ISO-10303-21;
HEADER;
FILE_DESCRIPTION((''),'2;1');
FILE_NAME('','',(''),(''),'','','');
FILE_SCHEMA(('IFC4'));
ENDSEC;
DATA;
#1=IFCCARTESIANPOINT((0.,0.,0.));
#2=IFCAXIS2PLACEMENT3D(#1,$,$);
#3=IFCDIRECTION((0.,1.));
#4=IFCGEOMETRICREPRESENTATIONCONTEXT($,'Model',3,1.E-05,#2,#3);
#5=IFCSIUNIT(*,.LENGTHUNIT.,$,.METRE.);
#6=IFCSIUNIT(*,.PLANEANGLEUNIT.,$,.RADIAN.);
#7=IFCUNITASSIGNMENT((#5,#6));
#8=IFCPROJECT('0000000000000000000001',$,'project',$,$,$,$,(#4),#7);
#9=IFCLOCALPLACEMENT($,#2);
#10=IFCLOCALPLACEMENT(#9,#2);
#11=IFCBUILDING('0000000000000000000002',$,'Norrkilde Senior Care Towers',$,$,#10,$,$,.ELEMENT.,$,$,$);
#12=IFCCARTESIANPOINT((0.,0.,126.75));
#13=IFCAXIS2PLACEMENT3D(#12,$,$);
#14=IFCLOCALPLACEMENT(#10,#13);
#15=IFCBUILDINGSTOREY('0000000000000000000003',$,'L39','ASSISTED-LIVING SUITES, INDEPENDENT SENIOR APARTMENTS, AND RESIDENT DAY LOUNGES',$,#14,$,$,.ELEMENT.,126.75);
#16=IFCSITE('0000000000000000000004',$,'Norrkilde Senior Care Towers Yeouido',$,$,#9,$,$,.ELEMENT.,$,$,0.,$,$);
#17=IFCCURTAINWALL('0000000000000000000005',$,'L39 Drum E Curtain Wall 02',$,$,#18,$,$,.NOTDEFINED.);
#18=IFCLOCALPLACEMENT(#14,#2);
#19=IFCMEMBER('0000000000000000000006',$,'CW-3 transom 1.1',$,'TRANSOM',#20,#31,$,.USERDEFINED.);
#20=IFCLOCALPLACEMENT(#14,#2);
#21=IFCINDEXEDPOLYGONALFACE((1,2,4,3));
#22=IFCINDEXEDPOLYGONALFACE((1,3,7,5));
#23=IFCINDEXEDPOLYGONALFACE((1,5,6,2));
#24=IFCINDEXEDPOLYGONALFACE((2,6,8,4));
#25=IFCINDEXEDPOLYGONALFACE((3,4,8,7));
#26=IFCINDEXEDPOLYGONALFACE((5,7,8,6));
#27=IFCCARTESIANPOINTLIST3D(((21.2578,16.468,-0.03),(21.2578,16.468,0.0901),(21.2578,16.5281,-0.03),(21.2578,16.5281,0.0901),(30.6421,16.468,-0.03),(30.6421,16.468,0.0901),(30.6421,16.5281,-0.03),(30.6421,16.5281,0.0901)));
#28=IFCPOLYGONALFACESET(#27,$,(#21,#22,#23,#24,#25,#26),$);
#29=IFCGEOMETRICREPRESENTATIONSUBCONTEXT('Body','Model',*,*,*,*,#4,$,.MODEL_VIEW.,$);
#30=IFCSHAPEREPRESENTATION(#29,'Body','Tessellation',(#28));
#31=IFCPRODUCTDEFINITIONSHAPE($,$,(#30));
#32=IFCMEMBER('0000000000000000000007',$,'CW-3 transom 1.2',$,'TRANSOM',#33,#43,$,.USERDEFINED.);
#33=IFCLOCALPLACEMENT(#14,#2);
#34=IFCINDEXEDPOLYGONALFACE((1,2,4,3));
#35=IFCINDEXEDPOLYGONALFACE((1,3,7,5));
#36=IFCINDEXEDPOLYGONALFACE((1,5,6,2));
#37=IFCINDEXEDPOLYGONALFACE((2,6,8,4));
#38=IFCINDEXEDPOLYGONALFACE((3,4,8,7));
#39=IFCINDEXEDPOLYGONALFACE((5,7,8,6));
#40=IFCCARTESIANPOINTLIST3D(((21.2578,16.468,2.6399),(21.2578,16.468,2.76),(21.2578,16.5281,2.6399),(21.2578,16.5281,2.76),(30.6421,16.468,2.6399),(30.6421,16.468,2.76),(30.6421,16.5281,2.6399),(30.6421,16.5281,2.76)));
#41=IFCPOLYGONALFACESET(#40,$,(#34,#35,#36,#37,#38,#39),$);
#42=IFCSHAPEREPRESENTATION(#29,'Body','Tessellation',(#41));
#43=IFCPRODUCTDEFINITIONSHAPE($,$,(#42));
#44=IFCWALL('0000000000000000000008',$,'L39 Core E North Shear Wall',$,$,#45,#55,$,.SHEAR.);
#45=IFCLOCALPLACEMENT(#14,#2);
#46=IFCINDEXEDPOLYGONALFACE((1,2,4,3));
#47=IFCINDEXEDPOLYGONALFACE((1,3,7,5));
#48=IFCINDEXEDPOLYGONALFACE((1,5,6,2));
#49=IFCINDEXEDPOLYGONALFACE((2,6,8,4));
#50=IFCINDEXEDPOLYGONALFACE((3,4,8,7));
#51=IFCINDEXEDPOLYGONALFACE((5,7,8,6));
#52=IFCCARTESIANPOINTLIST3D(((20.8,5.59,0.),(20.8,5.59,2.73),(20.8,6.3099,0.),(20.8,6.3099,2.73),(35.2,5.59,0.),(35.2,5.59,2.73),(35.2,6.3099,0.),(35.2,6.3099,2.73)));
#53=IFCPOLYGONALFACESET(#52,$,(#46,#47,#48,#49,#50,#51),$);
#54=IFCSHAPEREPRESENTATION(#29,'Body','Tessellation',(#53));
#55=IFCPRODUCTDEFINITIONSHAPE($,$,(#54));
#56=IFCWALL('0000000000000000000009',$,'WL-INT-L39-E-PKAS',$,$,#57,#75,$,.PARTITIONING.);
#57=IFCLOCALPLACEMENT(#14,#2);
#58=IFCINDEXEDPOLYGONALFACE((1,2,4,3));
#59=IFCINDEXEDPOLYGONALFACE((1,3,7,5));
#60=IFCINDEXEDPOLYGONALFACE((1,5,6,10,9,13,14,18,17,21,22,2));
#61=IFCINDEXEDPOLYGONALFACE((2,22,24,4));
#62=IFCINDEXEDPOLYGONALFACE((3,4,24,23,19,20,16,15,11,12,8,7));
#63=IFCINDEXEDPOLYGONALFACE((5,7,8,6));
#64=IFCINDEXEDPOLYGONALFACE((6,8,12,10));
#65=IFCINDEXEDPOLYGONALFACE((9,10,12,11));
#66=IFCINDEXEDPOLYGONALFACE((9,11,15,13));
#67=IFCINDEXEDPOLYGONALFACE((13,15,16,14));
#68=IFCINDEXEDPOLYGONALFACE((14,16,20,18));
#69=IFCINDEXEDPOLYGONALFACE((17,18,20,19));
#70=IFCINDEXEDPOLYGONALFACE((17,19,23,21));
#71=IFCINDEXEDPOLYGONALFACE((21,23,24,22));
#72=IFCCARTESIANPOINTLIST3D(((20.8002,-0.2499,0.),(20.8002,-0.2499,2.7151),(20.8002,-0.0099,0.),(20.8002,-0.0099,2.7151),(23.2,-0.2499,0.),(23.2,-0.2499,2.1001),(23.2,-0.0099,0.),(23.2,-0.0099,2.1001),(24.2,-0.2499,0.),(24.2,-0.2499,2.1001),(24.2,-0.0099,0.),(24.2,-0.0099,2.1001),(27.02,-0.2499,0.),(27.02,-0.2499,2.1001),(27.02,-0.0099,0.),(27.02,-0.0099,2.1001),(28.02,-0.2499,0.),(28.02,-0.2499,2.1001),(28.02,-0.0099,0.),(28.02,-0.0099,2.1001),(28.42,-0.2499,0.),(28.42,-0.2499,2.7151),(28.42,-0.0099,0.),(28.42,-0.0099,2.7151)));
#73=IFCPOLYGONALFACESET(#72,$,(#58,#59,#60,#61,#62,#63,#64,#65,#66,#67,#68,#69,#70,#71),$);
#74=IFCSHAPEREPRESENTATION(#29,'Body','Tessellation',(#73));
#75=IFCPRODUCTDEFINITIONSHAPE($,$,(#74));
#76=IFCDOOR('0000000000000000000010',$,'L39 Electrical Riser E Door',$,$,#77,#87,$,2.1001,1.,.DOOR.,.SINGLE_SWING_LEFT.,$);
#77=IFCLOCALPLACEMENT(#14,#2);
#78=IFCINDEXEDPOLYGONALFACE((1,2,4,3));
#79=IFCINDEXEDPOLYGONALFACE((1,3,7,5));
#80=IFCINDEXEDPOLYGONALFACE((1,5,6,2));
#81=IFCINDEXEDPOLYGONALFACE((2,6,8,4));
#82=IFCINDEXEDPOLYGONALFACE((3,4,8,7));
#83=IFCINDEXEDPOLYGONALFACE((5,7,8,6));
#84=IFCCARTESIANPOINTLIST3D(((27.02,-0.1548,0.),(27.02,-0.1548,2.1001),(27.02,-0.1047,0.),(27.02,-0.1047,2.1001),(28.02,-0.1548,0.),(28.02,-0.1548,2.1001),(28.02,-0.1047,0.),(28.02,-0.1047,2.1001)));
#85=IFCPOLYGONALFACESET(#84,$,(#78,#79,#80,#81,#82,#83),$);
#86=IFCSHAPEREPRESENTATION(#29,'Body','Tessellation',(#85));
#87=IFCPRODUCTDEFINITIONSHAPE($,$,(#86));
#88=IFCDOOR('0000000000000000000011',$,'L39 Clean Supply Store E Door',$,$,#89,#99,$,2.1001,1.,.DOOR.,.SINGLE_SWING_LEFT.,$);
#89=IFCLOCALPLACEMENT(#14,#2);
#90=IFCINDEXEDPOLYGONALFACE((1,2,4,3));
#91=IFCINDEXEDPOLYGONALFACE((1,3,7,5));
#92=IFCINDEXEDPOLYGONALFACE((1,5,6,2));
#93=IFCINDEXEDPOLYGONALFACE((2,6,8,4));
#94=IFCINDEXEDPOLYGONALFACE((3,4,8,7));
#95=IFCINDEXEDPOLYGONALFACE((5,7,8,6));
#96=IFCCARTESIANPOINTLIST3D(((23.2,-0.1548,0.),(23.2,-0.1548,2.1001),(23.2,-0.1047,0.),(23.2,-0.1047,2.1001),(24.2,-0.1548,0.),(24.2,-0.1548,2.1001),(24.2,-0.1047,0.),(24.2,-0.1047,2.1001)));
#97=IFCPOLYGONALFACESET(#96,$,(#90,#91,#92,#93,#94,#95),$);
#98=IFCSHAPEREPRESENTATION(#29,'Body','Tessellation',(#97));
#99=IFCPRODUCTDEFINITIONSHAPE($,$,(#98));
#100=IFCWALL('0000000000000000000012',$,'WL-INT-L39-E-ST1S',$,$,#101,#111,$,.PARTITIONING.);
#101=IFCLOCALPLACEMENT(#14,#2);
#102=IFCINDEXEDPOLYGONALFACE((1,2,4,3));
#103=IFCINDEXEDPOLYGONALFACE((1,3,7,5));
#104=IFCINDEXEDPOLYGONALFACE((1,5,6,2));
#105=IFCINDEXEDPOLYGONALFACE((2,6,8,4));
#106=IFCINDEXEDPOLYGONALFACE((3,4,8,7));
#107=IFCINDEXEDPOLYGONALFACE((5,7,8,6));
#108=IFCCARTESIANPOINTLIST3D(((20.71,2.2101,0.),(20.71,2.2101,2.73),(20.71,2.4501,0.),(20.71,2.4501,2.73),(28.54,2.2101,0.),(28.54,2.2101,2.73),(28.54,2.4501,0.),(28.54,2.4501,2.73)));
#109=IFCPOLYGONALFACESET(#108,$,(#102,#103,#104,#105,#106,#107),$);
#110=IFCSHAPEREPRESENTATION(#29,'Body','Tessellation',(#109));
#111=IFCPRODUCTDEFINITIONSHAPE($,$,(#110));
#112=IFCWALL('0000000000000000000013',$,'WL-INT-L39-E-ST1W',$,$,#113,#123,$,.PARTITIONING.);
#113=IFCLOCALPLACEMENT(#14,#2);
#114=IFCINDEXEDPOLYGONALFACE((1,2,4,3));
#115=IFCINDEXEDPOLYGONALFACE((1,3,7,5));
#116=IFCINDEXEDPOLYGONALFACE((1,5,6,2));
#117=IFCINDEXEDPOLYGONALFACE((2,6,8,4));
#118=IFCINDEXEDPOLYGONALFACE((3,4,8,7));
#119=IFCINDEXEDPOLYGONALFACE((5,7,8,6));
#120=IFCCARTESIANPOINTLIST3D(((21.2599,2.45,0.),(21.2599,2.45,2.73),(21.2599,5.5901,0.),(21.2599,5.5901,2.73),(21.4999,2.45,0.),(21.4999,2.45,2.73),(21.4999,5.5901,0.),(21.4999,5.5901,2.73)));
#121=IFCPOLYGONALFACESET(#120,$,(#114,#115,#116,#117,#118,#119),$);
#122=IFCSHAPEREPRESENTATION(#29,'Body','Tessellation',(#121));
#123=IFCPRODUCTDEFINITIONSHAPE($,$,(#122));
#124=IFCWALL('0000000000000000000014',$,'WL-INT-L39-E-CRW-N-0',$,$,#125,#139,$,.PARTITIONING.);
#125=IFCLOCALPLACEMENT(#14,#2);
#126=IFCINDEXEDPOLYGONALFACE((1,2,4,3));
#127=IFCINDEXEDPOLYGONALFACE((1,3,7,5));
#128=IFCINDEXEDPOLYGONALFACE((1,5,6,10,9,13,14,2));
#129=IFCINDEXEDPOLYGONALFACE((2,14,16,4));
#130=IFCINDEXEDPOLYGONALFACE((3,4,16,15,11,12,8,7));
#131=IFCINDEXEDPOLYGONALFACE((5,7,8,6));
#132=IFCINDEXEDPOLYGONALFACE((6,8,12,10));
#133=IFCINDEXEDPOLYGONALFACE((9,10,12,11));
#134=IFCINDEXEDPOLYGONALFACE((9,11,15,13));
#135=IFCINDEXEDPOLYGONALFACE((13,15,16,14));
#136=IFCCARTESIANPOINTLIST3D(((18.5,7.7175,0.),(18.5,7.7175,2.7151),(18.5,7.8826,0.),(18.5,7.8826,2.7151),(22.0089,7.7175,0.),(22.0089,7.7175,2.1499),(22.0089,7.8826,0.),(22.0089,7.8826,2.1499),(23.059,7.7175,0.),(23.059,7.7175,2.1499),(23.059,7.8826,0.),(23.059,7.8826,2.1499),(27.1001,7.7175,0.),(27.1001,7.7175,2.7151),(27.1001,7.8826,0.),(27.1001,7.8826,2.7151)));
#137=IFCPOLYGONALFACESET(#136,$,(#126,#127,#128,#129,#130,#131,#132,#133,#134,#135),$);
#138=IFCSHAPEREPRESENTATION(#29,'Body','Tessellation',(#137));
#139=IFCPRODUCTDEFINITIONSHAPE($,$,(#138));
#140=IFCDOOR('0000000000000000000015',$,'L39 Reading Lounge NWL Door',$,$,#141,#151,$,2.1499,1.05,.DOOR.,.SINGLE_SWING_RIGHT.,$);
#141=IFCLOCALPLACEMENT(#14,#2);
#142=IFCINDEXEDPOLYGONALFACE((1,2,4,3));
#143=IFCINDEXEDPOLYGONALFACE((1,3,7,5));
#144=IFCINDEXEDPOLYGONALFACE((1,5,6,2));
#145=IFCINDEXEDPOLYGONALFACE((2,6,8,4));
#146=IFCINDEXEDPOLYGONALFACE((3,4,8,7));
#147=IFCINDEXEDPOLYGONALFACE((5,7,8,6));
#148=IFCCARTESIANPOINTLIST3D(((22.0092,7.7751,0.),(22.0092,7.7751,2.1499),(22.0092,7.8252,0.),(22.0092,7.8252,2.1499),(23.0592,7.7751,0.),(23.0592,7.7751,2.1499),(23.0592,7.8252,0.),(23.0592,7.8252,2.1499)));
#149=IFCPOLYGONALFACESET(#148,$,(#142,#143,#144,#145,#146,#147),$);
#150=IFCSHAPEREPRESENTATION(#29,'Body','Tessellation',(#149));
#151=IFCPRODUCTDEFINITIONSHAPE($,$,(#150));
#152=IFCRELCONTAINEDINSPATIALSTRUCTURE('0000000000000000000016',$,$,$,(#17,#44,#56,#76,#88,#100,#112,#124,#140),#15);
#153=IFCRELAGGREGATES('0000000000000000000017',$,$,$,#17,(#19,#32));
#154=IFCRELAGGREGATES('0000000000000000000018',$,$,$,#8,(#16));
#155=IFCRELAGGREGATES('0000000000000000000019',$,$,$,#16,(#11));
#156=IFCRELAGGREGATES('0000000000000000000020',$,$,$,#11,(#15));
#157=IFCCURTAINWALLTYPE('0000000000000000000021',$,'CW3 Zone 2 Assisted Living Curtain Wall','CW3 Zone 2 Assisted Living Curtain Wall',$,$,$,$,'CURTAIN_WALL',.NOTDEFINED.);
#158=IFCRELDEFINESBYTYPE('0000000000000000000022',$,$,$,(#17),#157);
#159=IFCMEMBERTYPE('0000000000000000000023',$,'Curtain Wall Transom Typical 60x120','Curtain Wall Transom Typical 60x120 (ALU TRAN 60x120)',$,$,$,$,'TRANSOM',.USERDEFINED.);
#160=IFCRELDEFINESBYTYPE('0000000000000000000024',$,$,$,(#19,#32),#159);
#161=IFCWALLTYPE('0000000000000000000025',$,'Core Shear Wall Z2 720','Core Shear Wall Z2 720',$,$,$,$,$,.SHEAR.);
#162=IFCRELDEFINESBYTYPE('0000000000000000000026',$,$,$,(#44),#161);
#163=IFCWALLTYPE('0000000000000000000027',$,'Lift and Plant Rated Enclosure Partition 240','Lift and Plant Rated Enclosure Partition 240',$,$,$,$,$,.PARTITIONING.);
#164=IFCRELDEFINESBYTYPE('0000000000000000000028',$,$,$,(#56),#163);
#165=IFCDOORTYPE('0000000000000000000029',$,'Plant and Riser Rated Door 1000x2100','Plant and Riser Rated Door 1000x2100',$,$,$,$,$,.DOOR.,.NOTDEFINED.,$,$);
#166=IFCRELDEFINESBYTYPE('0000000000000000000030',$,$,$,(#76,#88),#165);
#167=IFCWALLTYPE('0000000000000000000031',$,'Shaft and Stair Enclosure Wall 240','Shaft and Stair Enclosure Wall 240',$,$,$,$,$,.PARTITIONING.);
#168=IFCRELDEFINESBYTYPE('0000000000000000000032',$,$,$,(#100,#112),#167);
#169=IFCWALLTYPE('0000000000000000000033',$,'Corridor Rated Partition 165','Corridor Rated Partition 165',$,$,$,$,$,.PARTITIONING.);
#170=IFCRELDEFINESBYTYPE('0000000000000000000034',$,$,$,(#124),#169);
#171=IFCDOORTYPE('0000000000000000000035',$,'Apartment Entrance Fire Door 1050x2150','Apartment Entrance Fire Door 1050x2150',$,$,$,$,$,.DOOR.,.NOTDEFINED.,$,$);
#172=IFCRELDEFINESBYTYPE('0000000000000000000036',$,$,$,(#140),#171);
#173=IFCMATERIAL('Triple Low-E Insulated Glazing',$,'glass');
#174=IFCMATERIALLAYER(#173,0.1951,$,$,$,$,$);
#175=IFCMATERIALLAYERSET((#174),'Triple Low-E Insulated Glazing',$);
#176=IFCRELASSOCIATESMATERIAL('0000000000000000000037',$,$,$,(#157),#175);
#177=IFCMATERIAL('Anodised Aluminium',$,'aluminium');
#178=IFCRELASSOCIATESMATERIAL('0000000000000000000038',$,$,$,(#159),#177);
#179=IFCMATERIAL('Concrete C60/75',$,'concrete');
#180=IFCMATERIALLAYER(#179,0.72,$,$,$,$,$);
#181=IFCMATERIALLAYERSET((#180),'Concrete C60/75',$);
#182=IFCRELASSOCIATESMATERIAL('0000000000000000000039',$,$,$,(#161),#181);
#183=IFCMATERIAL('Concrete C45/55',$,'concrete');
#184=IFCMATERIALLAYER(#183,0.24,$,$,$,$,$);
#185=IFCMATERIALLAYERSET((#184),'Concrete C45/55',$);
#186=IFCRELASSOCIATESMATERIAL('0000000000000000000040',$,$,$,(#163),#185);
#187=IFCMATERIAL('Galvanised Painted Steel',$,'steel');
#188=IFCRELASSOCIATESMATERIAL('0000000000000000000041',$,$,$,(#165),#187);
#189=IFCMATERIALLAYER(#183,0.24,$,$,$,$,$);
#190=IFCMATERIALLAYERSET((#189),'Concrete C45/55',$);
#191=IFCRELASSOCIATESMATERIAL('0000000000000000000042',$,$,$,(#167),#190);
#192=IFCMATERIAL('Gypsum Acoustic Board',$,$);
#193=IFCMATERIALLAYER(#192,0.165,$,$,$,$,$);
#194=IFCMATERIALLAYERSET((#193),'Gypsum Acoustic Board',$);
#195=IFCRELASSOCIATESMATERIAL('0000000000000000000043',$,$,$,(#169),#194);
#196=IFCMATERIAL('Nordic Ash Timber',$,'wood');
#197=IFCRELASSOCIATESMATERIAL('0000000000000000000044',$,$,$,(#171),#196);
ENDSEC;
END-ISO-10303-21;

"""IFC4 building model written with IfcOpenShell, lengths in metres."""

from ifc_helpers import new_model, si_unit, direction, frame, frame_2d, origin, origin_2d, place, context, subcontext, project, spatial, rectangle, extrude, source, transform, mapped, material, layer, layer_set, material_profile, profile_set, type_object, type_shapes, element, fill, aggregate, save


model = new_model("IFC4")

# Units and contexts
model_context = context("Model", 3, precision=1e-05, world=origin(), true_north=direction((0.0, 1.0)))
body_context = subcontext(model_context, "Body", "Model", "MODEL_VIEW")
ifc_project = project(units=[si_unit("LENGTHUNIT", "METRE"), si_unit("PLANEANGLEUNIT", "RADIAN")], contexts=[model_context])

# Site, building, storey
site_placement = place(None, origin())
site = spatial("IfcSite", under=ifc_project, at=site_placement, Name="Norrkilde Senior Care Towers Yeouido", CompositionType="ELEMENT", RefElevation=0.0)
building_placement = place(site_placement, origin())
building = spatial("IfcBuilding", under=site, at=building_placement, Name="Norrkilde Senior Care Towers", CompositionType="ELEMENT")
storey_placement = place(building_placement, frame((0.0, 0.0, 126.75)))
storey = spatial("IfcBuildingStorey", under=building, at=storey_placement, Name="L39", Description="ASSISTED-LIVING SUITES, INDEPENDENT SENIOR APARTMENTS, AND RESIDENT DAY LOUNGES", CompositionType="ELEMENT", Elevation=126.75)

# Shared definitions
ifc_material_1 = material(Name="Concrete C60/75", Category="concrete")

# Curtain wall
ifc_material_2 = material(Name="Triple Low-E Insulated Glazing", Category="glass")
ifc_layer_1 = layer(ifc_material_2, 0.1951)
ifc_layer_set_1 = layer_set([ifc_layer_1], Name="Triple Low-E Insulated Glazing")
curtain_wall_type = type_object("IfcCurtainWallType", Name="CW3 Zone 2 Assisted Living Curtain Wall", Description="CW3 Zone 2 Assisted Living Curtain Wall", ElementType="CURTAIN_WALL", PredefinedType="NOTDEFINED", material=ifc_layer_set_1)
curtain_wall_1_placement = place(storey_placement, origin())
curtain_wall_1 = element("IfcCurtainWall", 1, at=curtain_wall_1_placement, inside=storey, type_object=curtain_wall_type, Name="L39 Drum E Curtain Wall 02", PredefinedType="NOTDEFINED")
ifc_material_3 = material(Name="Anodised Aluminium", Category="aluminium")

# Members
ifc_material_profile_1 = material_profile(ifc_material_3, rectangle(XDim=0.0601, YDim=0.1201, at=origin_2d()), Name="ALU TRAN 60x120")
ifc_profile_set_1 = profile_set([ifc_material_profile_1], Name="Anodised Aluminium")
member_type_1 = type_object("IfcMemberType", Name="Curtain Wall Transom Typical 60x120", Description="Curtain Wall Transom Typical 60x120 (ALU TRAN 60x120)", ElementType="TRANSOM", PredefinedType="USERDEFINED", material=ifc_profile_set_1)
shared_shape_1 = source(origin(), body_context, "Body", "SweptSolid", [
    extrude(rectangle(XDim=0.0601, YDim=0.1201, at=origin_2d()), origin(), (0.0, 0.0, 1.0), 9.3843),
])
type_shapes(member_type_1, [shared_shape_1])
member_1_placement = place(storey_placement, frame((21.2578, 16.498, 0.03), z_axis=(1.0, 0.0, 0.0), x_axis=(0.0, 1.0, 0.0)))
member_1 = element("IfcMember", 2, at=member_1_placement, type_object=member_type_1, Name="CW-3 transom 1.1", ObjectType="TRANSOM", PredefinedType="USERDEFINED", context=body_context, shape_type="MappedRepresentation", body=[
    mapped(shared_shape_1, transform((0.0, 0.0, 0.0), x_axis=(1.0, 0.0, 0.0), y_axis=(0.0, 1.0, 0.0), z_axis=(0.0, 0.0, 1.0), scale=1.0)),
])
member_2_placement = place(storey_placement, frame((21.2578, 16.498, 2.7), z_axis=(1.0, 0.0, 0.0), x_axis=(0.0, 1.0, 0.0)))
member_2 = element("IfcMember", 3, at=member_2_placement, type_object=member_type_1, Name="CW-3 transom 1.2", ObjectType="TRANSOM", PredefinedType="USERDEFINED", context=body_context, shape_type="MappedRepresentation", body=[
    mapped(shared_shape_1, transform((0.0, 0.0, 0.0), x_axis=(1.0, 0.0, 0.0), y_axis=(0.0, 1.0, 0.0), z_axis=(0.0, 0.0, 1.0), scale=1.0)),
])
aggregate(curtain_wall_1, [member_1, member_2])

# Wall
ifc_layer_2 = layer(ifc_material_1, 0.72)
ifc_layer_set_2 = layer_set([ifc_layer_2], Name="Concrete C60/75")
wall_type_1 = type_object("IfcWallType", Name="Core Shear Wall Z2 720", Description="Core Shear Wall Z2 720", PredefinedType="SHEAR", material=ifc_layer_set_2)
shared_shape_2 = source(origin(), body_context, "Body", "SweptSolid", [
    extrude(rectangle(XDim=14.3999, YDim=0.72, at=frame_2d((7.2, 0.0))), origin(), (0.0, 0.0, 1.0), 2.73),
])
type_shapes(wall_type_1, [shared_shape_2])
wall_1_placement = place(storey_placement, frame((20.8, 5.95, 0.0), z_axis=(0.0, 0.0, 1.0), x_axis=(1.0, 0.0, 0.0)))
element("IfcWall", 4, at=wall_1_placement, inside=storey, type_object=wall_type_1, Name="L39 Core E North Shear Wall", PredefinedType="SHEAR", context=body_context, shape_type="MappedRepresentation", body=[
    mapped(shared_shape_2, transform((0.0, 0.0, 0.0), x_axis=(1.0, 0.0, 0.0), y_axis=(0.0, 1.0, 0.0), z_axis=(0.0, 0.0, 1.0), scale=1.0)),
])

# Wall, openings, doors
ifc_material_4 = material(Name="Concrete C45/55", Category="concrete")
ifc_layer_3 = layer(ifc_material_4, 0.24)
ifc_layer_set_3 = layer_set([ifc_layer_3], Name="Concrete C45/55")
wall_type_2 = type_object("IfcWallType", Name="Lift and Plant Rated Enclosure Partition 240", Description="Lift and Plant Rated Enclosure Partition 240", PredefinedType="PARTITIONING", material=ifc_layer_set_3)
shared_shape_3 = source(origin(), body_context, "Body", "SweptSolid", [
    extrude(rectangle(XDim=7.6199, YDim=0.24, at=frame_2d((3.8101, 0.0))), origin(), (0.0, 0.0, 1.0), 2.7151),
])
type_shapes(wall_type_2, [shared_shape_3])
wall_2_placement = place(storey_placement, frame((20.8, -0.1299, 0.0), z_axis=(0.0, 0.0, 1.0), x_axis=(1.0, 0.0, 0.0)))
wall_2 = element("IfcWall", 5, at=wall_2_placement, inside=storey, type_object=wall_type_2, Name="WL-INT-L39-E-PKAS", PredefinedType="PARTITIONING", context=body_context, shape_type="MappedRepresentation", body=[
    mapped(shared_shape_3, transform((0.0, 0.0, 0.0), x_axis=(1.0, 0.0, 0.0), y_axis=(0.0, 1.0, 0.0), z_axis=(0.0, 0.0, 1.0), scale=1.0)),
])
opening_1_placement = place(wall_2_placement, frame((6.22, 0.0, 0.0)))
opening_1 = element("IfcOpeningElement", 6, at=opening_1_placement, cuts=wall_2, PredefinedType="OPENING", context=body_context, shape_type="SweptSolid", body=[
    extrude(rectangle(XDim=1.0, YDim=2.1001, at=frame_2d((0.5, 1.05))), frame((0.0, 0.1299, 0.0), z_axis=(0.0, -1.0, 0.0), x_axis=(1.0, 0.0, 0.0)), (0.0, 0.0, 1.0), 0.26),
])
opening_2_placement = place(wall_2_placement, frame((2.3999, 0.0, 0.0)))
opening_2 = element("IfcOpeningElement", 7, at=opening_2_placement, cuts=wall_2, PredefinedType="OPENING", context=body_context, shape_type="SweptSolid", body=[
    extrude(rectangle(XDim=1.0, YDim=2.1001, at=frame_2d((0.5, 1.05))), frame((0.0, 0.1299, 0.0), z_axis=(0.0, -1.0, 0.0), x_axis=(1.0, 0.0, 0.0)), (0.0, 0.0, 1.0), 0.26),
])
ifc_material_5 = material(Name="Galvanised Painted Steel", Category="steel")
door_type_1 = type_object("IfcDoorType", Name="Plant and Riser Rated Door 1000x2100", Description="Plant and Riser Rated Door 1000x2100", OperationType="NOTDEFINED", PredefinedType="DOOR", material=ifc_material_5)
shared_shape_4 = source(origin(), body_context, "Body", "SweptSolid", [
    extrude(rectangle(XDim=1.0, YDim=2.1001, at=frame_2d((0.5, 1.05))), frame((0.0, 0.0249, 0.0), z_axis=(0.0, -1.0, 0.0), x_axis=(1.0, 0.0, 0.0)), (0.0, 0.0, 1.0), 0.05),
])
type_shapes(door_type_1, [shared_shape_4])
door_1_placement = place(opening_1_placement, frame((1.0, 0.0, 0.0), z_axis=(0.0, 0.0, 1.0), x_axis=(-1.0, 0.0, 0.0)))
door_1 = element("IfcDoor", 8, at=door_1_placement, inside=storey, type_object=door_type_1, Name="L39 Electrical Riser E Door", OperationType="SINGLE_SWING_LEFT", OverallHeight=2.1001, OverallWidth=1.0, PredefinedType="DOOR", context=body_context, shape_type="MappedRepresentation", body=[
    mapped(shared_shape_4, transform((0.0, 0.0, 0.0), x_axis=(1.0, 0.0, 0.0), y_axis=(0.0, 1.0, 0.0), z_axis=(0.0, 0.0, 1.0), scale=1.0)),
])
fill(opening_1, door_1)
door_2_placement = place(opening_2_placement, frame((1.0, 0.0, 0.0), z_axis=(0.0, 0.0, 1.0), x_axis=(-1.0, 0.0, 0.0)))
door_2 = element("IfcDoor", 9, at=door_2_placement, inside=storey, type_object=door_type_1, Name="L39 Clean Supply Store E Door", OperationType="SINGLE_SWING_LEFT", OverallHeight=2.1001, OverallWidth=1.0, PredefinedType="DOOR", context=body_context, shape_type="MappedRepresentation", body=[
    mapped(shared_shape_4, transform((0.0, 0.0, 0.0), x_axis=(1.0, 0.0, 0.0), y_axis=(0.0, 1.0, 0.0), z_axis=(0.0, 0.0, 1.0), scale=1.0)),
])
fill(opening_2, door_2)

# Walls
ifc_layer_4 = layer(ifc_material_4, 0.24)
ifc_layer_set_4 = layer_set([ifc_layer_4], Name="Concrete C45/55")
wall_type_3 = type_object("IfcWallType", Name="Shaft and Stair Enclosure Wall 240", Description="Shaft and Stair Enclosure Wall 240", PredefinedType="PARTITIONING", material=ifc_layer_set_4)
shared_shape_5 = source(origin(), body_context, "Body", "SweptSolid", [
    extrude(rectangle(XDim=7.8301, YDim=0.24, at=frame_2d((3.915, 0.0))), origin(), (0.0, 0.0, 1.0), 2.73),
])
wall_3_placement = place(storey_placement, frame((20.71, 2.3301, 0.0), z_axis=(0.0, 0.0, 1.0), x_axis=(1.0, 0.0, 0.0)))
element("IfcWall", 10, at=wall_3_placement, inside=storey, type_object=wall_type_3, Name="WL-INT-L39-E-ST1S", PredefinedType="PARTITIONING", context=body_context, shape_type="MappedRepresentation", body=[
    mapped(shared_shape_5, transform((0.0, 0.0, 0.0), x_axis=(1.0, 0.0, 0.0), y_axis=(0.0, 1.0, 0.0), z_axis=(0.0, 0.0, 1.0), scale=1.0)),
])
shared_shape_6 = source(origin(), body_context, "Body", "SweptSolid", [
    extrude(rectangle(XDim=3.1401, YDim=0.24, at=frame_2d((1.5701, 0.0))), origin(), (0.0, 0.0, 1.0), 2.73),
])
type_shapes(wall_type_3, [shared_shape_5, shared_shape_6])
wall_4_placement = place(storey_placement, frame((21.3799, 2.45, 0.0), z_axis=(0.0, 0.0, 1.0), x_axis=(0.0, 1.0, 0.0)))
element("IfcWall", 11, at=wall_4_placement, inside=storey, type_object=wall_type_3, Name="WL-INT-L39-E-ST1W", PredefinedType="PARTITIONING", context=body_context, shape_type="MappedRepresentation", body=[
    mapped(shared_shape_6, transform((0.0, 0.0, 0.0), x_axis=(1.0, 0.0, 0.0), y_axis=(0.0, 1.0, 0.0), z_axis=(0.0, 0.0, 1.0), scale=1.0)),
])

# Wall, opening, door
ifc_material_6 = material(Name="Gypsum Acoustic Board")
ifc_layer_5 = layer(ifc_material_6, 0.165)
ifc_layer_set_5 = layer_set([ifc_layer_5], Name="Gypsum Acoustic Board")
wall_type_4 = type_object("IfcWallType", Name="Corridor Rated Partition 165", Description="Corridor Rated Partition 165", PredefinedType="PARTITIONING", material=ifc_layer_set_5)
shared_shape_7 = source(origin(), body_context, "Body", "SweptSolid", [
    extrude(rectangle(XDim=8.6001, YDim=0.165, at=frame_2d((4.3, 0.0))), origin(), (0.0, 0.0, 1.0), 2.7151),
])
wall_5_placement = place(storey_placement, frame((18.5, 7.8, 0.0), z_axis=(0.0, 0.0, 1.0), x_axis=(1.0, 0.0, 0.0)))
wall_5 = element("IfcWall", 12, at=wall_5_placement, inside=storey, type_object=wall_type_4, Name="WL-INT-L39-E-CRW-N-0", PredefinedType="PARTITIONING", context=body_context, shape_type="MappedRepresentation", body=[
    mapped(shared_shape_7, transform((0.0, 0.0, 0.0), x_axis=(1.0, 0.0, 0.0), y_axis=(0.0, 1.0, 0.0), z_axis=(0.0, 0.0, 1.0), scale=1.0)),
])
opening_3_placement = place(wall_5_placement, frame((3.509, 0.0, 0.0)))
opening_3 = element("IfcOpeningElement", 13, at=opening_3_placement, cuts=wall_5, PredefinedType="OPENING", context=body_context, shape_type="SweptSolid", body=[
    extrude(rectangle(XDim=1.05, YDim=2.1499, at=frame_2d((0.5249, 1.075))), frame((0.0, 0.0925, 0.0), z_axis=(0.0, -1.0, 0.0), x_axis=(1.0, 0.0, 0.0)), (0.0, 0.0, 1.0), 0.1851),
])
ifc_material_7 = material(Name="Nordic Ash Timber", Category="wood")
door_type_2 = type_object("IfcDoorType", Name="Apartment Entrance Fire Door 1050x2150", Description="Apartment Entrance Fire Door 1050x2150", OperationType="NOTDEFINED", PredefinedType="DOOR", material=ifc_material_7)
shared_shape_8 = source(origin(), body_context, "Body", "SweptSolid", [
    extrude(rectangle(XDim=1.05, YDim=2.1499, at=frame_2d((0.5249, 1.075))), frame((0.0, 0.0249, 0.0), z_axis=(0.0, -1.0, 0.0), x_axis=(1.0, 0.0, 0.0)), (0.0, 0.0, 1.0), 0.05),
])
type_shapes(door_type_2, [shared_shape_8])
door_3_placement = place(opening_3_placement, frame((1.05, 0.0, 0.0), z_axis=(0.0, 0.0, 1.0), x_axis=(-1.0, 0.0, 0.0)))
door_3 = element("IfcDoor", 14, at=door_3_placement, inside=storey, type_object=door_type_2, Name="L39 Reading Lounge NWL Door", OperationType="SINGLE_SWING_RIGHT", OverallHeight=2.1499, OverallWidth=1.05, PredefinedType="DOOR", context=body_context, shape_type="MappedRepresentation", body=[
    mapped(shared_shape_8, transform((0.0, 0.0, 0.0), x_axis=(1.0, 0.0, 0.0), y_axis=(0.0, 1.0, 0.0), z_axis=(0.0, 0.0, 1.0), scale=1.0)),
])
fill(opening_3, door_3)

save(model, "model.ifc")
